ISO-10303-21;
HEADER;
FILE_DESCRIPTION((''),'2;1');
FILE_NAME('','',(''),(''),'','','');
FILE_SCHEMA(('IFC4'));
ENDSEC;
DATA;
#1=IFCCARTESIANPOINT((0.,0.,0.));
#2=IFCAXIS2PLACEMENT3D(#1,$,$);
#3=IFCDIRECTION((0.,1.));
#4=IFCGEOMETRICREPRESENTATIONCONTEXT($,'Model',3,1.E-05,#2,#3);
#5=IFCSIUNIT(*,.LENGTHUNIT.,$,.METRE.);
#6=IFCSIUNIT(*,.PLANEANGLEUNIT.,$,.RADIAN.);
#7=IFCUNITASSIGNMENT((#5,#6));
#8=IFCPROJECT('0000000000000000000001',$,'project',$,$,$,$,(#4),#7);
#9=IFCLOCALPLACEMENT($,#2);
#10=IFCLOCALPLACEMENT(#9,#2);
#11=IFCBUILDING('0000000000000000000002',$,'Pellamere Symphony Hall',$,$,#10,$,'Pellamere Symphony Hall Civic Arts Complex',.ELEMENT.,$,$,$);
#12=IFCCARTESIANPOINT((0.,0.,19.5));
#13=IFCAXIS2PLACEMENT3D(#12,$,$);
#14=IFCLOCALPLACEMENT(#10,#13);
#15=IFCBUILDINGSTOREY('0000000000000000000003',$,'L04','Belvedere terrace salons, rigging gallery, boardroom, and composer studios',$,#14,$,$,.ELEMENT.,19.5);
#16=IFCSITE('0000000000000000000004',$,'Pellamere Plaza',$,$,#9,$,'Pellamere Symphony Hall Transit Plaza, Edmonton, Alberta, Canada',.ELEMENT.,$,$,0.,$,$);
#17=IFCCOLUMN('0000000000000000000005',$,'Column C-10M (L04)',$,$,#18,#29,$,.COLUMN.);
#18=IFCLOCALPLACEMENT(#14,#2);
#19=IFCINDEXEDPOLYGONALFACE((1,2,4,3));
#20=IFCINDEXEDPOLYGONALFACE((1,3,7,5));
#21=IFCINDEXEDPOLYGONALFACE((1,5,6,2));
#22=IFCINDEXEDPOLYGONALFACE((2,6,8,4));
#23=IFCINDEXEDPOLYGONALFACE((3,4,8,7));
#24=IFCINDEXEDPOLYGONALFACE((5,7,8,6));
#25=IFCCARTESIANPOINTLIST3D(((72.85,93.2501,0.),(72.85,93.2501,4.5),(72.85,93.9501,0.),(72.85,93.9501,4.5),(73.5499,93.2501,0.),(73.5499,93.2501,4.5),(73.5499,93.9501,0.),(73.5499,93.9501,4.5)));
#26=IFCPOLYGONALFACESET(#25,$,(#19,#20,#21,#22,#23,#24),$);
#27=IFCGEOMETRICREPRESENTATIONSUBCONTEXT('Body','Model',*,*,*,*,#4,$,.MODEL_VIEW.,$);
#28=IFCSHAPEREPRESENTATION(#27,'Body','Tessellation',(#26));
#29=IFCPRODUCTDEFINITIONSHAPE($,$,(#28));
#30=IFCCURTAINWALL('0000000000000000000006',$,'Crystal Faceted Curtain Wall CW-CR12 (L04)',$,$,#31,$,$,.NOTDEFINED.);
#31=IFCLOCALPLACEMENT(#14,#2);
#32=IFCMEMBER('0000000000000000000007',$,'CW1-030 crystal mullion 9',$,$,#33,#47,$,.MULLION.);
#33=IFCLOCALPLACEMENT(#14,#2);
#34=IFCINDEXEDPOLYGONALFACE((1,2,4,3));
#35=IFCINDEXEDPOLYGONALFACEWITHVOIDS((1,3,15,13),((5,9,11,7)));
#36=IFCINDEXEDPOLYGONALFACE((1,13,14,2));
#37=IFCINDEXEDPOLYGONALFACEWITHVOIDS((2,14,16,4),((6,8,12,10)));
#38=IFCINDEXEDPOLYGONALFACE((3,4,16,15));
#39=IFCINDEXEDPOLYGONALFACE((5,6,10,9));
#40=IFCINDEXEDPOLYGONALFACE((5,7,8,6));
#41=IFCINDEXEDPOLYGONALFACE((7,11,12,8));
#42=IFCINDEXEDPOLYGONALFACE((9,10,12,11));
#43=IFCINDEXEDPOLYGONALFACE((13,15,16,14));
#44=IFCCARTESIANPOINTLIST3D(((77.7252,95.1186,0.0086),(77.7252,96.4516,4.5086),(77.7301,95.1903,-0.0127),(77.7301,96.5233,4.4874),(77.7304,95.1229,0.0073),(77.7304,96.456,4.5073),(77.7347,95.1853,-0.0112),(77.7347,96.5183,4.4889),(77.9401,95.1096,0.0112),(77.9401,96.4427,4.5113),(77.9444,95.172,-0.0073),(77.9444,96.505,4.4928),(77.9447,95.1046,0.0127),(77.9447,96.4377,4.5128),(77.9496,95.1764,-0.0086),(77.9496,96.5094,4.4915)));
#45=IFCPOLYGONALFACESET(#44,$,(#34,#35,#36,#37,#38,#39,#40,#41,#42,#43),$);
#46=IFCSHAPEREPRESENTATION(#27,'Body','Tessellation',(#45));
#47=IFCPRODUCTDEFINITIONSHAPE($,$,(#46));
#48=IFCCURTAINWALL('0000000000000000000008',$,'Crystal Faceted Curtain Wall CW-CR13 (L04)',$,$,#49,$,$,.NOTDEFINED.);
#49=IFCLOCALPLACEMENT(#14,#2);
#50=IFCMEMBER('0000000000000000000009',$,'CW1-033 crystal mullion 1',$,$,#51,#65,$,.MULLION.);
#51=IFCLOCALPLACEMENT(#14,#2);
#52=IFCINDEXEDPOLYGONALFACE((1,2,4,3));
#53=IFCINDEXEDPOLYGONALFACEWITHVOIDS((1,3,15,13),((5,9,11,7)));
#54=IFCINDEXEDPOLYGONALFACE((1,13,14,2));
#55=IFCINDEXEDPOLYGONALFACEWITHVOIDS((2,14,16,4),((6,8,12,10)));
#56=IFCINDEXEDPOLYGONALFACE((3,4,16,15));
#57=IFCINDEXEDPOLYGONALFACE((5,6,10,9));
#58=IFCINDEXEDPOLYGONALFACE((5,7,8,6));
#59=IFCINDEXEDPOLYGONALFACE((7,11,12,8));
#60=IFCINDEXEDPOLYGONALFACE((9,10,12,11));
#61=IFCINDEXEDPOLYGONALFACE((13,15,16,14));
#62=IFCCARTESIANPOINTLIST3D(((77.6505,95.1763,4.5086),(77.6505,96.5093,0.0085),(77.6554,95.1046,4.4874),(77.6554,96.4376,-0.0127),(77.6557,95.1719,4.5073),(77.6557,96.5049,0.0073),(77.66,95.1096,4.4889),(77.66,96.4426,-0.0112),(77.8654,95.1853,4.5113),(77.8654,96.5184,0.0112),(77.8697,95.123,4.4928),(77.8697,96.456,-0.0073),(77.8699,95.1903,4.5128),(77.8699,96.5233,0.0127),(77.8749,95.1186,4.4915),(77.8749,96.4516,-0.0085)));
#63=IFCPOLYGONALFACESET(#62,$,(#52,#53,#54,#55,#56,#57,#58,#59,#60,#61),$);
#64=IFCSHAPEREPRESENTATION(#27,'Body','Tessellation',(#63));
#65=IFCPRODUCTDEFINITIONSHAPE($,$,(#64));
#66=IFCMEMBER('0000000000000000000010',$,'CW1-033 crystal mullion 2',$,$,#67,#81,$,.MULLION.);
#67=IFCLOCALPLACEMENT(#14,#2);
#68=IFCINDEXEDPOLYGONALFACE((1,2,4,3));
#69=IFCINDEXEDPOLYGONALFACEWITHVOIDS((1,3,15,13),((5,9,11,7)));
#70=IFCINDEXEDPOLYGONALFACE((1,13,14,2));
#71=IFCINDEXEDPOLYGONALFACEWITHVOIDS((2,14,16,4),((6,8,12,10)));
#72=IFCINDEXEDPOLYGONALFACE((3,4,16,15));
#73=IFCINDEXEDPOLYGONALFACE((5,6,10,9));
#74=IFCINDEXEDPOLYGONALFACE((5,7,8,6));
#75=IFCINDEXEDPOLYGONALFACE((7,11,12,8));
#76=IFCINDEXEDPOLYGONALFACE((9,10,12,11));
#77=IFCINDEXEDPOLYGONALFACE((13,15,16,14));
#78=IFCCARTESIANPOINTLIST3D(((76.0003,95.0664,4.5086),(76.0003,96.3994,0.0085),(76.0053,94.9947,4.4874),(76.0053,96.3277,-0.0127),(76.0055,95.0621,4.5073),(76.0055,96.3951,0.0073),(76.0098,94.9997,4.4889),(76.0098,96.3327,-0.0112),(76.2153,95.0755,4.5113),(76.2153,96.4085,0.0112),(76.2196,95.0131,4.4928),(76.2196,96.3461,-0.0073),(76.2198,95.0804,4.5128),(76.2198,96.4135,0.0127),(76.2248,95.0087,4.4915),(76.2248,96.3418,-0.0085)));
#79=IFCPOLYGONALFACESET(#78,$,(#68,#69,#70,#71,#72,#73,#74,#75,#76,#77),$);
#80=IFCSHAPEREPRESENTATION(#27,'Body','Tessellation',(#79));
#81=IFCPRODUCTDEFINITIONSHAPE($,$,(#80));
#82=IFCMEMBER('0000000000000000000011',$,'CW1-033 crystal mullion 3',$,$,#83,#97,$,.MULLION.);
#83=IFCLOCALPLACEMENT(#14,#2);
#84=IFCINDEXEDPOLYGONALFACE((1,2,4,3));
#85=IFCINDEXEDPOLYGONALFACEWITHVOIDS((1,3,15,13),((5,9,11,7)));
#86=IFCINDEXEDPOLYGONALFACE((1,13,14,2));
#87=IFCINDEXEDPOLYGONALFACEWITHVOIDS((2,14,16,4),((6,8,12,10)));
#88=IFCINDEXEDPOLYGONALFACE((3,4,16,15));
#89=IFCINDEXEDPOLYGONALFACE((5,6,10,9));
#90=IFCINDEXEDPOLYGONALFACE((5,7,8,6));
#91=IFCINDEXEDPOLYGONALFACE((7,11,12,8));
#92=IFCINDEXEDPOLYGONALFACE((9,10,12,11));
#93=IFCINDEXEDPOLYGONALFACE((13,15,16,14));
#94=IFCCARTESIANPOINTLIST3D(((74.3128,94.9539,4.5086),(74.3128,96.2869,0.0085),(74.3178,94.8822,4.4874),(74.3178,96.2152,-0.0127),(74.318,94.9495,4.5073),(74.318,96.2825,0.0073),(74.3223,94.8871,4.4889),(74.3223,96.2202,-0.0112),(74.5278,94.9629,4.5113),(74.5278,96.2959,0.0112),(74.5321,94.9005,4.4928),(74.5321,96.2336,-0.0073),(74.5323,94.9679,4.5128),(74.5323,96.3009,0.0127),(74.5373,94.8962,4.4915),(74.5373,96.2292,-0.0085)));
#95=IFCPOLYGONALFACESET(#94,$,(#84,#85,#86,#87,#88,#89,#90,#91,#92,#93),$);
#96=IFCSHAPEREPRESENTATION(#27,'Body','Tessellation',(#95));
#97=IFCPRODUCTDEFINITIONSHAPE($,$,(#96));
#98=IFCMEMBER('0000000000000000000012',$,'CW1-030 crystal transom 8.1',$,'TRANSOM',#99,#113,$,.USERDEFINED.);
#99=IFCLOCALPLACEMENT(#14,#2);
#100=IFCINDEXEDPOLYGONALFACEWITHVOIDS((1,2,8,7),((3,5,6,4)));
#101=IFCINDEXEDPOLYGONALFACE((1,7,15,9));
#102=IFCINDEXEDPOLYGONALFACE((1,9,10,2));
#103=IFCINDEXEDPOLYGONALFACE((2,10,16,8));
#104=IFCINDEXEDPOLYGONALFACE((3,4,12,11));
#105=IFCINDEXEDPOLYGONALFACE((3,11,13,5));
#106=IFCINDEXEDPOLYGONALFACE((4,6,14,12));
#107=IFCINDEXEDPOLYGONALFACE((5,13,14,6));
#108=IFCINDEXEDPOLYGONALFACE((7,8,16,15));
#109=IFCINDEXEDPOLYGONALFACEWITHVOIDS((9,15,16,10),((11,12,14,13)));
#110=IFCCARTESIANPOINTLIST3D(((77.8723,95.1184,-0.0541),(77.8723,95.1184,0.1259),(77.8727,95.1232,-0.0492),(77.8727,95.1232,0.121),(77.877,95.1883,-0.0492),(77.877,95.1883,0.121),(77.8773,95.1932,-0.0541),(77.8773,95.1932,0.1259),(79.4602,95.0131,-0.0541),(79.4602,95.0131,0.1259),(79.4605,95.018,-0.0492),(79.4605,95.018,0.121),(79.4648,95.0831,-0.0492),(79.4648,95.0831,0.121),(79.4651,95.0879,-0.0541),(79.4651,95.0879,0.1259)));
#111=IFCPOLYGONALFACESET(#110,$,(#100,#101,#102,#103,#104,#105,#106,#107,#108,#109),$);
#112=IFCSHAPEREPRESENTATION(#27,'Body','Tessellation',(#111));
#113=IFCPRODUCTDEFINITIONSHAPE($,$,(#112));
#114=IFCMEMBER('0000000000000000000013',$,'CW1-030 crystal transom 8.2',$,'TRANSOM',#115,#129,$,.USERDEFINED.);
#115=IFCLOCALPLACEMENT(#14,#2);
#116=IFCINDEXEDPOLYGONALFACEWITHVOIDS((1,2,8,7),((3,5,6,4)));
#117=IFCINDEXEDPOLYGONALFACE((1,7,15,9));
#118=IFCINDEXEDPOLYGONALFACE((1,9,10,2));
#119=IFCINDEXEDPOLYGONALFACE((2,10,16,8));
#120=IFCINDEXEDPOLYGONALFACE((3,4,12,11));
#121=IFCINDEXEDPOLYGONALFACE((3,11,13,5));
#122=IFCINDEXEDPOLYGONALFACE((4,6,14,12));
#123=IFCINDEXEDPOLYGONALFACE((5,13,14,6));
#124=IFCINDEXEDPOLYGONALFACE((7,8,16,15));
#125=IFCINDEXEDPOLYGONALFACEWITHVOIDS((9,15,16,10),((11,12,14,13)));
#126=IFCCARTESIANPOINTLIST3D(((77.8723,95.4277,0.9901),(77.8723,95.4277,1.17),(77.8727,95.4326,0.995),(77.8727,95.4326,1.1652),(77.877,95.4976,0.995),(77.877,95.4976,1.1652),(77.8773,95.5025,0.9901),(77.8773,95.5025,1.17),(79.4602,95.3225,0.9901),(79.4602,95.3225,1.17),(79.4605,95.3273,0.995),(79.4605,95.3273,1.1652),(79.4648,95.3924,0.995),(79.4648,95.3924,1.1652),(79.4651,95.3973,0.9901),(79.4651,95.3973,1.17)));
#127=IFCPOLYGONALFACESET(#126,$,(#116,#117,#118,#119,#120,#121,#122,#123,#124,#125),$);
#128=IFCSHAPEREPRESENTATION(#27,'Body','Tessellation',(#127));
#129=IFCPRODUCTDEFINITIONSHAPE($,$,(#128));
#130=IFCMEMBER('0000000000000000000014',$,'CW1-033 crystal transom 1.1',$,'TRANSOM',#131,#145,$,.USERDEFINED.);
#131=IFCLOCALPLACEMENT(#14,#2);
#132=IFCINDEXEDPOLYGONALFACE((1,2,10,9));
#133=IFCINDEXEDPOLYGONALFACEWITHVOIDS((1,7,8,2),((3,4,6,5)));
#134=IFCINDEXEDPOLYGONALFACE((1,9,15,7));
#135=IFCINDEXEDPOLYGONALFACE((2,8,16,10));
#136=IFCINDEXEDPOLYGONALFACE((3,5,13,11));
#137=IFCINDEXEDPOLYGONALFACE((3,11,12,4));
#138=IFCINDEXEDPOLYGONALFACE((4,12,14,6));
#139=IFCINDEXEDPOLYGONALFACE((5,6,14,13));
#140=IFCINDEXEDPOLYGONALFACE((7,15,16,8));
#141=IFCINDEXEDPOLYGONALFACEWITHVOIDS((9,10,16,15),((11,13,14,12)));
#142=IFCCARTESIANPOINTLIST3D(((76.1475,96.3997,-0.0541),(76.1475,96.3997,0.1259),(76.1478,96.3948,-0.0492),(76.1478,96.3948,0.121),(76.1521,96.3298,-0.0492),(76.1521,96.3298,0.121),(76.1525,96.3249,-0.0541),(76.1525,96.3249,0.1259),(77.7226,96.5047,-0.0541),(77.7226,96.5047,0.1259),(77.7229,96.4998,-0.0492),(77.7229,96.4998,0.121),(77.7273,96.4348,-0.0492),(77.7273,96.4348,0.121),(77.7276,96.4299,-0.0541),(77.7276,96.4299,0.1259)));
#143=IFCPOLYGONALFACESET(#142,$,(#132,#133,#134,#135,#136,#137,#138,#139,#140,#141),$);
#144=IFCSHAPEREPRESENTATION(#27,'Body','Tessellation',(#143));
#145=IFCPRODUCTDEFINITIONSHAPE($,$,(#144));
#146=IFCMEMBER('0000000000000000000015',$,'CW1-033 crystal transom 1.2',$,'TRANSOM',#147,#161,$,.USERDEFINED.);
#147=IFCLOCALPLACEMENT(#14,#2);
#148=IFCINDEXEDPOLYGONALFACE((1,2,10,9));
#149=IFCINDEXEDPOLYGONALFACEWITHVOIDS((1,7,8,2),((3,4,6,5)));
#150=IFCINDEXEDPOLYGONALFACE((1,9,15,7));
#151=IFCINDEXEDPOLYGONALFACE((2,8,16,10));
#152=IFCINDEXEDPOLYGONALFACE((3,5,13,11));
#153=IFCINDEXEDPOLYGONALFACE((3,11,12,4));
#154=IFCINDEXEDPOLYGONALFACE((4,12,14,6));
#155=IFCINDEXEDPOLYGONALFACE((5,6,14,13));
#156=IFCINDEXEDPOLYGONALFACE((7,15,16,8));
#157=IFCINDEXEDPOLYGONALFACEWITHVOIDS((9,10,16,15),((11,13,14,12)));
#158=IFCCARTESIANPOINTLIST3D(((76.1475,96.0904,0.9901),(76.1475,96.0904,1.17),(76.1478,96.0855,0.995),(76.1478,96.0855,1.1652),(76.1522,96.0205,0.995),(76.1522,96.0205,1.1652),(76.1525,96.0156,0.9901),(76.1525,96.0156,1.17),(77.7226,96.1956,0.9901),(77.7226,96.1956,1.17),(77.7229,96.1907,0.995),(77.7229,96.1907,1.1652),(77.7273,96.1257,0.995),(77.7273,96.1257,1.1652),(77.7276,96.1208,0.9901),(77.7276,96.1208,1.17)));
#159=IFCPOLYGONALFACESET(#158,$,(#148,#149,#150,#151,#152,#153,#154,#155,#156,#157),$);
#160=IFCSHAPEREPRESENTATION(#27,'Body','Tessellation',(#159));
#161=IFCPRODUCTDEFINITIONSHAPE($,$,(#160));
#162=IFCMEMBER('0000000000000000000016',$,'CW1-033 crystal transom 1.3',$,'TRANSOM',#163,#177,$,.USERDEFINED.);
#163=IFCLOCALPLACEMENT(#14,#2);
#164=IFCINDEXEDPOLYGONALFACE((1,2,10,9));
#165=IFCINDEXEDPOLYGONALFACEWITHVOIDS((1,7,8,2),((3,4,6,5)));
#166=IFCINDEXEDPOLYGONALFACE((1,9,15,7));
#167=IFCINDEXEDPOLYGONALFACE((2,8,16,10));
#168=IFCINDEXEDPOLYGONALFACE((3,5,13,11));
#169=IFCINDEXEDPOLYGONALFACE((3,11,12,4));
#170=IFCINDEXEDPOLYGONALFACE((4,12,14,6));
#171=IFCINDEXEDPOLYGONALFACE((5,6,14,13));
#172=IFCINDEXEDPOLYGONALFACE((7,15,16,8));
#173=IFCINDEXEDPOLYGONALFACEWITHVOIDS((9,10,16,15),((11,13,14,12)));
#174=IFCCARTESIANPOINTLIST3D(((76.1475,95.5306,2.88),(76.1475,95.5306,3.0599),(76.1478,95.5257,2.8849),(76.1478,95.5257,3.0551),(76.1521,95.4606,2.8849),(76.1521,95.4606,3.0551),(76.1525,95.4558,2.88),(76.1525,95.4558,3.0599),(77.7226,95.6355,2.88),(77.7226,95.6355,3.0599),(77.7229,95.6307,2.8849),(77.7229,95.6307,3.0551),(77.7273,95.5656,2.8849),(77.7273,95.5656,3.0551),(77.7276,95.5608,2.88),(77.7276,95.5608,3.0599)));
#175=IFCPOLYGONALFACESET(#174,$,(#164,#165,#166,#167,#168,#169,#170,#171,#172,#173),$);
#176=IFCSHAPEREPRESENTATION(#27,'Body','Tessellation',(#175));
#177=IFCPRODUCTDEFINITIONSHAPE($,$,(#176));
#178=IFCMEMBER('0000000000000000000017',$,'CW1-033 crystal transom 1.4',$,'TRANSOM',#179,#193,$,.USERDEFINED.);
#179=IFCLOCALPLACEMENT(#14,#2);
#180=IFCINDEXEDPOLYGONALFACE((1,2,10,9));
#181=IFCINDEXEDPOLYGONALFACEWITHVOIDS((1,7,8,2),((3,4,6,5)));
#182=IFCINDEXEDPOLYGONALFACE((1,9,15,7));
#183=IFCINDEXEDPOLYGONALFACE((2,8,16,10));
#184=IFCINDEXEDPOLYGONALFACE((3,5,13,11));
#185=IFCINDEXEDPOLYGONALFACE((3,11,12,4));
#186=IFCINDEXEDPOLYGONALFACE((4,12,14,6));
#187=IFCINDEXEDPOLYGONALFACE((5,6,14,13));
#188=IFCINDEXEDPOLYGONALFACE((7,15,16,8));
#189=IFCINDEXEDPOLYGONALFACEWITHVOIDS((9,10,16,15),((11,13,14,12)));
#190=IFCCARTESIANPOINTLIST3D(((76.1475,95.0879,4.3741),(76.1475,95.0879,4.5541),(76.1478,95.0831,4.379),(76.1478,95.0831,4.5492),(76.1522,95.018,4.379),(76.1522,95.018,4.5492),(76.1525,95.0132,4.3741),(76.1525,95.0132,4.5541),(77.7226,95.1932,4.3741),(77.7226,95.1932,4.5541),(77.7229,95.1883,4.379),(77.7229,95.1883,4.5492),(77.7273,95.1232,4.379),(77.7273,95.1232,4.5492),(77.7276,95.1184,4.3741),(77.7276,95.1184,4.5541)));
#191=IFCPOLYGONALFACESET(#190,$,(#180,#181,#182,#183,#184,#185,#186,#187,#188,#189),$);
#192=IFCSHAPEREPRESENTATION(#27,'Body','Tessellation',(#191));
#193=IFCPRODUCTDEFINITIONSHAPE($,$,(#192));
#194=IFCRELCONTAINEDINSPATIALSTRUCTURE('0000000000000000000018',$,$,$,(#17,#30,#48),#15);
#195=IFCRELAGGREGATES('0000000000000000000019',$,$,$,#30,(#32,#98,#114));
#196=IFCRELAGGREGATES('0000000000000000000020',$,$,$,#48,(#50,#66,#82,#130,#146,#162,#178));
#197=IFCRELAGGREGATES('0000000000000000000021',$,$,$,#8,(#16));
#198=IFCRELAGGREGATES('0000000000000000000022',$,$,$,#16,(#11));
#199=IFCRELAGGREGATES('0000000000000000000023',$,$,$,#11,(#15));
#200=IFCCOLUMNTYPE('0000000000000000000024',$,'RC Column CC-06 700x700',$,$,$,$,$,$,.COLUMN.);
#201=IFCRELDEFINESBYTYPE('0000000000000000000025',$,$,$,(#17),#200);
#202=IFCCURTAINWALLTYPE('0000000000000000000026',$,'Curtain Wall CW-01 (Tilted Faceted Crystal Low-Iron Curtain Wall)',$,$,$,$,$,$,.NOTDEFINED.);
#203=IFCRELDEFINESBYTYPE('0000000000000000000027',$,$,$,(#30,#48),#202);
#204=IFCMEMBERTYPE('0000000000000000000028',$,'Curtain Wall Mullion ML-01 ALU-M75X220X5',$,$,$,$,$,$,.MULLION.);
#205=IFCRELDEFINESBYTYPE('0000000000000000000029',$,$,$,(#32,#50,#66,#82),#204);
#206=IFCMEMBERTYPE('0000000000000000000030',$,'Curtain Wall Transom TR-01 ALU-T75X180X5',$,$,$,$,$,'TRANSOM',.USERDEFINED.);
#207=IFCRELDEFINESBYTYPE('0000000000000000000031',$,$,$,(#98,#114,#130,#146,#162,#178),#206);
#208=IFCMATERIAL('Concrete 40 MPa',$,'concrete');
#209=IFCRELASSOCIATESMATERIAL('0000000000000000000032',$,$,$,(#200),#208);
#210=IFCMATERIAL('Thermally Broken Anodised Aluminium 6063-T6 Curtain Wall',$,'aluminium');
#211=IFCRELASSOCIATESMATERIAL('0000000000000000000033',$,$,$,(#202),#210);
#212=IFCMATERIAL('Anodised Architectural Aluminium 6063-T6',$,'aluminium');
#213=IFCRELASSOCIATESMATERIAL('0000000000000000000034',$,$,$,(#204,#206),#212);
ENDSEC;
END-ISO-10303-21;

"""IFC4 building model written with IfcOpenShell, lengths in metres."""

from ifc_helpers import new_model, si_unit, direction, frame, origin, origin_2d, place, context, subcontext, project, spatial, rectangle, hollow_rectangle, extrude, material, material_profile, profile_set, type_object, element, aggregate, save


model = new_model("IFC4")

# Units and contexts
model_context = context("Model", 3, precision=1e-05, world=origin(), true_north=direction((0.0, 1.0)))
body_context = subcontext(model_context, "Body", "Model", "MODEL_VIEW")
ifc_project = project(units=[si_unit("LENGTHUNIT", "METRE"), si_unit("PLANEANGLEUNIT", "RADIAN")], contexts=[model_context])

# Site, building, storey
site_placement = place(None, origin())
site = spatial("IfcSite", under=ifc_project, at=site_placement, Name="Pellamere Plaza", LongName="Pellamere Symphony Hall Transit Plaza, Edmonton, Alberta, Canada", CompositionType="ELEMENT", RefElevation=0.0)
building_placement = place(site_placement, origin())
building = spatial("IfcBuilding", under=site, at=building_placement, Name="Pellamere Symphony Hall", LongName="Pellamere Symphony Hall Civic Arts Complex", CompositionType="ELEMENT")
storey_placement = place(building_placement, frame((0.0, 0.0, 19.5)))
storey = spatial("IfcBuildingStorey", under=building, at=storey_placement, Name="L04", Description="Belvedere terrace salons, rigging gallery, boardroom, and composer studios", CompositionType="ELEMENT", Elevation=19.5)

# Column
ifc_material_1 = material(Name="Concrete 40 MPa", Category="concrete")
ifc_material_profile_1 = material_profile(ifc_material_1, rectangle(XDim=0.7, YDim=0.7, at=origin_2d()), Name="RC 700x700")
ifc_profile_set_1 = profile_set([ifc_material_profile_1], Name="Concrete 40 MPa")
column_type = type_object("IfcColumnType", Name="RC Column CC-06 700x700", PredefinedType="COLUMN", material=ifc_profile_set_1)
column_placement = place(storey_placement, frame((73.2, 93.6001, 0.0), z_axis=(0.0, 0.0, 1.0), x_axis=(1.0, 0.0, 0.0)))
element("IfcColumn", 1, at=column_placement, inside=storey, type_object=column_type, Name="Column C-10M (L04)", PredefinedType="COLUMN", context=body_context, shape_type="SweptSolid", body=[
    extrude(rectangle(XDim=0.7, YDim=0.7, at=origin_2d()), origin(), (0.0, 0.0, 1.0), 4.5),
])

# Curtain wall, member
ifc_material_2 = material(Name="Thermally Broken Anodised Aluminium 6063-T6 Curtain Wall", Category="aluminium")
curtain_wall_type = type_object("IfcCurtainWallType", Name="Curtain Wall CW-01 (Tilted Faceted Crystal Low-Iron Curtain Wall)", PredefinedType="NOTDEFINED", material=ifc_material_2)
curtain_wall_1_placement = place(storey_placement, origin())
curtain_wall_1 = element("IfcCurtainWall", 2, at=curtain_wall_1_placement, inside=storey, type_object=curtain_wall_type, Name="Crystal Faceted Curtain Wall CW-CR12 (L04)", PredefinedType="NOTDEFINED")
ifc_material_3 = material(Name="Anodised Architectural Aluminium 6063-T6", Category="aluminium")
ifc_material_profile_2 = material_profile(ifc_material_3, hollow_rectangle(XDim=0.075, YDim=0.22, WallThickness=0.0049, at=origin_2d()), Name="ALU-M75X220X5")
ifc_profile_set_2 = profile_set([ifc_material_profile_2], Name="Anodised Architectural Aluminium 6063-T6")
member_type_1 = type_object("IfcMemberType", Name="Curtain Wall Mullion ML-01 ALU-M75X220X5", PredefinedType="MULLION", material=ifc_profile_set_2)
member_1_placement = place(storey_placement, frame((77.8374, 95.1475, 0.0), z_axis=(0.0, 0.284025, 0.958817), x_axis=(0.066032, 0.956724, -0.283405)))
member_1 = element("IfcMember", 3, at=member_1_placement, type_object=member_type_1, Name="CW1-030 crystal mullion 9", PredefinedType="MULLION", context=body_context, shape_type="SweptSolid", body=[
    extrude(hollow_rectangle(XDim=0.075, YDim=0.22, WallThickness=0.0049, at=origin_2d()), origin(), (0.0, 0.0, 1.0), 4.6934),
])

# Curtain wall, members
curtain_wall_2_placement = place(storey_placement, origin())
curtain_wall_2 = element("IfcCurtainWall", 4, at=curtain_wall_2_placement, inside=storey, type_object=curtain_wall_type, Name="Crystal Faceted Curtain Wall CW-CR13 (L04)", PredefinedType="NOTDEFINED")
member_2_placement = place(storey_placement, frame((77.7627, 96.4805, 0.0), z_axis=(0.0, -0.284025, 0.958817), x_axis=(0.066519, -0.956693, -0.283395)))
member_2 = element("IfcMember", 5, at=member_2_placement, type_object=member_type_1, Name="CW1-033 crystal mullion 1", PredefinedType="MULLION", context=body_context, shape_type="SweptSolid", body=[
    extrude(hollow_rectangle(XDim=0.075, YDim=0.22, WallThickness=0.0049, at=origin_2d()), origin(), (0.0, 0.0, 1.0), 4.6934),
])
member_3_placement = place(storey_placement, frame((76.1125, 96.3706, 0.0), z_axis=(0.0, -0.284025, 0.958817), x_axis=(0.066519, -0.956693, -0.283395)))
member_3 = element("IfcMember", 6, at=member_3_placement, type_object=member_type_1, Name="CW1-033 crystal mullion 2", PredefinedType="MULLION", context=body_context, shape_type="SweptSolid", body=[
    extrude(hollow_rectangle(XDim=0.075, YDim=0.22, WallThickness=0.0049, at=origin_2d()), origin(), (0.0, 0.0, 1.0), 4.6934),
])
member_4_placement = place(storey_placement, frame((74.425, 96.2581, 0.0), z_axis=(0.0, -0.284025, 0.958817), x_axis=(0.066519, -0.956693, -0.283395)))
member_4 = element("IfcMember", 7, at=member_4_placement, type_object=member_type_1, Name="CW1-033 crystal mullion 3", PredefinedType="MULLION", context=body_context, shape_type="SweptSolid", body=[
    extrude(hollow_rectangle(XDim=0.075, YDim=0.22, WallThickness=0.0049, at=origin_2d()), origin(), (0.0, 0.0, 1.0), 4.6934),
])

# Members
ifc_material_profile_3 = material_profile(ifc_material_3, hollow_rectangle(XDim=0.075, YDim=0.1799, WallThickness=0.0049, at=origin_2d()), Name="ALU-T75X180X5")
ifc_profile_set_3 = profile_set([ifc_material_profile_3], Name="Anodised Architectural Aluminium 6063-T6")
member_type_2 = type_object("IfcMemberType", Name="Curtain Wall Transom TR-01 ALU-T75X180X5", ElementType="TRANSOM", PredefinedType="USERDEFINED", material=ifc_profile_set_3)
member_5_placement = place(storey_placement, frame((79.4626, 95.0505, 0.0359), z_axis=(-0.997812, 0.066122, 0.0), x_axis=(-0.066122, -0.997812, 0.0)))
member_5 = element("IfcMember", 8, at=member_5_placement, type_object=member_type_2, Name="CW1-030 crystal transom 8.1", ObjectType="TRANSOM", PredefinedType="USERDEFINED", context=body_context, shape_type="SweptSolid", body=[
    extrude(hollow_rectangle(XDim=0.075, YDim=0.1799, WallThickness=0.0049, at=origin_2d()), origin(), (0.0, 0.0, 1.0), 1.5913),
])
member_6_placement = place(storey_placement, frame((79.4626, 95.3599, 1.0801), z_axis=(-0.997812, 0.066122, 0.0), x_axis=(-0.066122, -0.997812, 0.0)))
member_6 = element("IfcMember", 9, at=member_6_placement, type_object=member_type_2, Name="CW1-030 crystal transom 8.2", ObjectType="TRANSOM", PredefinedType="USERDEFINED", context=body_context, shape_type="SweptSolid", body=[
    extrude(hollow_rectangle(XDim=0.075, YDim=0.1799, WallThickness=0.0049, at=origin_2d()), origin(), (0.0, 0.0, 1.0), 1.5913),
])
member_7_placement = place(storey_placement, frame((77.7251, 96.4673, 0.0359), z_axis=(-0.997787, -0.066498, 0.0), x_axis=(0.066498, -0.997787, 0.0)))
member_7 = element("IfcMember", 10, at=member_7_placement, type_object=member_type_2, Name="CW1-033 crystal transom 1.1", ObjectType="TRANSOM", PredefinedType="USERDEFINED", context=body_context, shape_type="SweptSolid", body=[
    extrude(hollow_rectangle(XDim=0.075, YDim=0.1799, WallThickness=0.0049, at=origin_2d()), origin(), (0.0, 0.0, 1.0), 1.5786),
])
member_8_placement = place(storey_placement, frame((77.7251, 96.1582, 1.0801), z_axis=(-0.997776, -0.066652, 0.0), x_axis=(0.066652, -0.997776, 0.0)))
member_8 = element("IfcMember", 11, at=member_8_placement, type_object=member_type_2, Name="CW1-033 crystal transom 1.2", ObjectType="TRANSOM", PredefinedType="USERDEFINED", context=body_context, shape_type="SweptSolid", body=[
    extrude(hollow_rectangle(XDim=0.075, YDim=0.1799, WallThickness=0.0049, at=origin_2d()), origin(), (0.0, 0.0, 1.0), 1.5786),
])
member_9_placement = place(storey_placement, frame((77.7251, 95.5981, 2.97), z_axis=(-0.997787, -0.066498, 0.0), x_axis=(0.066498, -0.997787, 0.0)))
member_9 = element("IfcMember", 12, at=member_9_placement, type_object=member_type_2, Name="CW1-033 crystal transom 1.3", ObjectType="TRANSOM", PredefinedType="USERDEFINED", context=body_context, shape_type="SweptSolid", body=[
    extrude(hollow_rectangle(XDim=0.075, YDim=0.1799, WallThickness=0.0049, at=origin_2d()), origin(), (0.0, 0.0, 1.0), 1.5786),
])
member_10_placement = place(storey_placement, frame((77.7251, 95.1558, 4.4641), z_axis=(-0.997776, -0.066652, 0.0), x_axis=(0.066652, -0.997776, 0.0)))
member_10 = element("IfcMember", 13, at=member_10_placement, type_object=member_type_2, Name="CW1-033 crystal transom 1.4", ObjectType="TRANSOM", PredefinedType="USERDEFINED", context=body_context, shape_type="SweptSolid", body=[
    extrude(hollow_rectangle(XDim=0.075, YDim=0.1799, WallThickness=0.0049, at=origin_2d()), origin(), (0.0, 0.0, 1.0), 1.5786),
])

aggregate(curtain_wall_1, [member_1, member_5, member_6])
aggregate(curtain_wall_2, [member_2, member_3, member_4, member_7, member_8, member_9, member_10])

save(model, "model.ifc")
